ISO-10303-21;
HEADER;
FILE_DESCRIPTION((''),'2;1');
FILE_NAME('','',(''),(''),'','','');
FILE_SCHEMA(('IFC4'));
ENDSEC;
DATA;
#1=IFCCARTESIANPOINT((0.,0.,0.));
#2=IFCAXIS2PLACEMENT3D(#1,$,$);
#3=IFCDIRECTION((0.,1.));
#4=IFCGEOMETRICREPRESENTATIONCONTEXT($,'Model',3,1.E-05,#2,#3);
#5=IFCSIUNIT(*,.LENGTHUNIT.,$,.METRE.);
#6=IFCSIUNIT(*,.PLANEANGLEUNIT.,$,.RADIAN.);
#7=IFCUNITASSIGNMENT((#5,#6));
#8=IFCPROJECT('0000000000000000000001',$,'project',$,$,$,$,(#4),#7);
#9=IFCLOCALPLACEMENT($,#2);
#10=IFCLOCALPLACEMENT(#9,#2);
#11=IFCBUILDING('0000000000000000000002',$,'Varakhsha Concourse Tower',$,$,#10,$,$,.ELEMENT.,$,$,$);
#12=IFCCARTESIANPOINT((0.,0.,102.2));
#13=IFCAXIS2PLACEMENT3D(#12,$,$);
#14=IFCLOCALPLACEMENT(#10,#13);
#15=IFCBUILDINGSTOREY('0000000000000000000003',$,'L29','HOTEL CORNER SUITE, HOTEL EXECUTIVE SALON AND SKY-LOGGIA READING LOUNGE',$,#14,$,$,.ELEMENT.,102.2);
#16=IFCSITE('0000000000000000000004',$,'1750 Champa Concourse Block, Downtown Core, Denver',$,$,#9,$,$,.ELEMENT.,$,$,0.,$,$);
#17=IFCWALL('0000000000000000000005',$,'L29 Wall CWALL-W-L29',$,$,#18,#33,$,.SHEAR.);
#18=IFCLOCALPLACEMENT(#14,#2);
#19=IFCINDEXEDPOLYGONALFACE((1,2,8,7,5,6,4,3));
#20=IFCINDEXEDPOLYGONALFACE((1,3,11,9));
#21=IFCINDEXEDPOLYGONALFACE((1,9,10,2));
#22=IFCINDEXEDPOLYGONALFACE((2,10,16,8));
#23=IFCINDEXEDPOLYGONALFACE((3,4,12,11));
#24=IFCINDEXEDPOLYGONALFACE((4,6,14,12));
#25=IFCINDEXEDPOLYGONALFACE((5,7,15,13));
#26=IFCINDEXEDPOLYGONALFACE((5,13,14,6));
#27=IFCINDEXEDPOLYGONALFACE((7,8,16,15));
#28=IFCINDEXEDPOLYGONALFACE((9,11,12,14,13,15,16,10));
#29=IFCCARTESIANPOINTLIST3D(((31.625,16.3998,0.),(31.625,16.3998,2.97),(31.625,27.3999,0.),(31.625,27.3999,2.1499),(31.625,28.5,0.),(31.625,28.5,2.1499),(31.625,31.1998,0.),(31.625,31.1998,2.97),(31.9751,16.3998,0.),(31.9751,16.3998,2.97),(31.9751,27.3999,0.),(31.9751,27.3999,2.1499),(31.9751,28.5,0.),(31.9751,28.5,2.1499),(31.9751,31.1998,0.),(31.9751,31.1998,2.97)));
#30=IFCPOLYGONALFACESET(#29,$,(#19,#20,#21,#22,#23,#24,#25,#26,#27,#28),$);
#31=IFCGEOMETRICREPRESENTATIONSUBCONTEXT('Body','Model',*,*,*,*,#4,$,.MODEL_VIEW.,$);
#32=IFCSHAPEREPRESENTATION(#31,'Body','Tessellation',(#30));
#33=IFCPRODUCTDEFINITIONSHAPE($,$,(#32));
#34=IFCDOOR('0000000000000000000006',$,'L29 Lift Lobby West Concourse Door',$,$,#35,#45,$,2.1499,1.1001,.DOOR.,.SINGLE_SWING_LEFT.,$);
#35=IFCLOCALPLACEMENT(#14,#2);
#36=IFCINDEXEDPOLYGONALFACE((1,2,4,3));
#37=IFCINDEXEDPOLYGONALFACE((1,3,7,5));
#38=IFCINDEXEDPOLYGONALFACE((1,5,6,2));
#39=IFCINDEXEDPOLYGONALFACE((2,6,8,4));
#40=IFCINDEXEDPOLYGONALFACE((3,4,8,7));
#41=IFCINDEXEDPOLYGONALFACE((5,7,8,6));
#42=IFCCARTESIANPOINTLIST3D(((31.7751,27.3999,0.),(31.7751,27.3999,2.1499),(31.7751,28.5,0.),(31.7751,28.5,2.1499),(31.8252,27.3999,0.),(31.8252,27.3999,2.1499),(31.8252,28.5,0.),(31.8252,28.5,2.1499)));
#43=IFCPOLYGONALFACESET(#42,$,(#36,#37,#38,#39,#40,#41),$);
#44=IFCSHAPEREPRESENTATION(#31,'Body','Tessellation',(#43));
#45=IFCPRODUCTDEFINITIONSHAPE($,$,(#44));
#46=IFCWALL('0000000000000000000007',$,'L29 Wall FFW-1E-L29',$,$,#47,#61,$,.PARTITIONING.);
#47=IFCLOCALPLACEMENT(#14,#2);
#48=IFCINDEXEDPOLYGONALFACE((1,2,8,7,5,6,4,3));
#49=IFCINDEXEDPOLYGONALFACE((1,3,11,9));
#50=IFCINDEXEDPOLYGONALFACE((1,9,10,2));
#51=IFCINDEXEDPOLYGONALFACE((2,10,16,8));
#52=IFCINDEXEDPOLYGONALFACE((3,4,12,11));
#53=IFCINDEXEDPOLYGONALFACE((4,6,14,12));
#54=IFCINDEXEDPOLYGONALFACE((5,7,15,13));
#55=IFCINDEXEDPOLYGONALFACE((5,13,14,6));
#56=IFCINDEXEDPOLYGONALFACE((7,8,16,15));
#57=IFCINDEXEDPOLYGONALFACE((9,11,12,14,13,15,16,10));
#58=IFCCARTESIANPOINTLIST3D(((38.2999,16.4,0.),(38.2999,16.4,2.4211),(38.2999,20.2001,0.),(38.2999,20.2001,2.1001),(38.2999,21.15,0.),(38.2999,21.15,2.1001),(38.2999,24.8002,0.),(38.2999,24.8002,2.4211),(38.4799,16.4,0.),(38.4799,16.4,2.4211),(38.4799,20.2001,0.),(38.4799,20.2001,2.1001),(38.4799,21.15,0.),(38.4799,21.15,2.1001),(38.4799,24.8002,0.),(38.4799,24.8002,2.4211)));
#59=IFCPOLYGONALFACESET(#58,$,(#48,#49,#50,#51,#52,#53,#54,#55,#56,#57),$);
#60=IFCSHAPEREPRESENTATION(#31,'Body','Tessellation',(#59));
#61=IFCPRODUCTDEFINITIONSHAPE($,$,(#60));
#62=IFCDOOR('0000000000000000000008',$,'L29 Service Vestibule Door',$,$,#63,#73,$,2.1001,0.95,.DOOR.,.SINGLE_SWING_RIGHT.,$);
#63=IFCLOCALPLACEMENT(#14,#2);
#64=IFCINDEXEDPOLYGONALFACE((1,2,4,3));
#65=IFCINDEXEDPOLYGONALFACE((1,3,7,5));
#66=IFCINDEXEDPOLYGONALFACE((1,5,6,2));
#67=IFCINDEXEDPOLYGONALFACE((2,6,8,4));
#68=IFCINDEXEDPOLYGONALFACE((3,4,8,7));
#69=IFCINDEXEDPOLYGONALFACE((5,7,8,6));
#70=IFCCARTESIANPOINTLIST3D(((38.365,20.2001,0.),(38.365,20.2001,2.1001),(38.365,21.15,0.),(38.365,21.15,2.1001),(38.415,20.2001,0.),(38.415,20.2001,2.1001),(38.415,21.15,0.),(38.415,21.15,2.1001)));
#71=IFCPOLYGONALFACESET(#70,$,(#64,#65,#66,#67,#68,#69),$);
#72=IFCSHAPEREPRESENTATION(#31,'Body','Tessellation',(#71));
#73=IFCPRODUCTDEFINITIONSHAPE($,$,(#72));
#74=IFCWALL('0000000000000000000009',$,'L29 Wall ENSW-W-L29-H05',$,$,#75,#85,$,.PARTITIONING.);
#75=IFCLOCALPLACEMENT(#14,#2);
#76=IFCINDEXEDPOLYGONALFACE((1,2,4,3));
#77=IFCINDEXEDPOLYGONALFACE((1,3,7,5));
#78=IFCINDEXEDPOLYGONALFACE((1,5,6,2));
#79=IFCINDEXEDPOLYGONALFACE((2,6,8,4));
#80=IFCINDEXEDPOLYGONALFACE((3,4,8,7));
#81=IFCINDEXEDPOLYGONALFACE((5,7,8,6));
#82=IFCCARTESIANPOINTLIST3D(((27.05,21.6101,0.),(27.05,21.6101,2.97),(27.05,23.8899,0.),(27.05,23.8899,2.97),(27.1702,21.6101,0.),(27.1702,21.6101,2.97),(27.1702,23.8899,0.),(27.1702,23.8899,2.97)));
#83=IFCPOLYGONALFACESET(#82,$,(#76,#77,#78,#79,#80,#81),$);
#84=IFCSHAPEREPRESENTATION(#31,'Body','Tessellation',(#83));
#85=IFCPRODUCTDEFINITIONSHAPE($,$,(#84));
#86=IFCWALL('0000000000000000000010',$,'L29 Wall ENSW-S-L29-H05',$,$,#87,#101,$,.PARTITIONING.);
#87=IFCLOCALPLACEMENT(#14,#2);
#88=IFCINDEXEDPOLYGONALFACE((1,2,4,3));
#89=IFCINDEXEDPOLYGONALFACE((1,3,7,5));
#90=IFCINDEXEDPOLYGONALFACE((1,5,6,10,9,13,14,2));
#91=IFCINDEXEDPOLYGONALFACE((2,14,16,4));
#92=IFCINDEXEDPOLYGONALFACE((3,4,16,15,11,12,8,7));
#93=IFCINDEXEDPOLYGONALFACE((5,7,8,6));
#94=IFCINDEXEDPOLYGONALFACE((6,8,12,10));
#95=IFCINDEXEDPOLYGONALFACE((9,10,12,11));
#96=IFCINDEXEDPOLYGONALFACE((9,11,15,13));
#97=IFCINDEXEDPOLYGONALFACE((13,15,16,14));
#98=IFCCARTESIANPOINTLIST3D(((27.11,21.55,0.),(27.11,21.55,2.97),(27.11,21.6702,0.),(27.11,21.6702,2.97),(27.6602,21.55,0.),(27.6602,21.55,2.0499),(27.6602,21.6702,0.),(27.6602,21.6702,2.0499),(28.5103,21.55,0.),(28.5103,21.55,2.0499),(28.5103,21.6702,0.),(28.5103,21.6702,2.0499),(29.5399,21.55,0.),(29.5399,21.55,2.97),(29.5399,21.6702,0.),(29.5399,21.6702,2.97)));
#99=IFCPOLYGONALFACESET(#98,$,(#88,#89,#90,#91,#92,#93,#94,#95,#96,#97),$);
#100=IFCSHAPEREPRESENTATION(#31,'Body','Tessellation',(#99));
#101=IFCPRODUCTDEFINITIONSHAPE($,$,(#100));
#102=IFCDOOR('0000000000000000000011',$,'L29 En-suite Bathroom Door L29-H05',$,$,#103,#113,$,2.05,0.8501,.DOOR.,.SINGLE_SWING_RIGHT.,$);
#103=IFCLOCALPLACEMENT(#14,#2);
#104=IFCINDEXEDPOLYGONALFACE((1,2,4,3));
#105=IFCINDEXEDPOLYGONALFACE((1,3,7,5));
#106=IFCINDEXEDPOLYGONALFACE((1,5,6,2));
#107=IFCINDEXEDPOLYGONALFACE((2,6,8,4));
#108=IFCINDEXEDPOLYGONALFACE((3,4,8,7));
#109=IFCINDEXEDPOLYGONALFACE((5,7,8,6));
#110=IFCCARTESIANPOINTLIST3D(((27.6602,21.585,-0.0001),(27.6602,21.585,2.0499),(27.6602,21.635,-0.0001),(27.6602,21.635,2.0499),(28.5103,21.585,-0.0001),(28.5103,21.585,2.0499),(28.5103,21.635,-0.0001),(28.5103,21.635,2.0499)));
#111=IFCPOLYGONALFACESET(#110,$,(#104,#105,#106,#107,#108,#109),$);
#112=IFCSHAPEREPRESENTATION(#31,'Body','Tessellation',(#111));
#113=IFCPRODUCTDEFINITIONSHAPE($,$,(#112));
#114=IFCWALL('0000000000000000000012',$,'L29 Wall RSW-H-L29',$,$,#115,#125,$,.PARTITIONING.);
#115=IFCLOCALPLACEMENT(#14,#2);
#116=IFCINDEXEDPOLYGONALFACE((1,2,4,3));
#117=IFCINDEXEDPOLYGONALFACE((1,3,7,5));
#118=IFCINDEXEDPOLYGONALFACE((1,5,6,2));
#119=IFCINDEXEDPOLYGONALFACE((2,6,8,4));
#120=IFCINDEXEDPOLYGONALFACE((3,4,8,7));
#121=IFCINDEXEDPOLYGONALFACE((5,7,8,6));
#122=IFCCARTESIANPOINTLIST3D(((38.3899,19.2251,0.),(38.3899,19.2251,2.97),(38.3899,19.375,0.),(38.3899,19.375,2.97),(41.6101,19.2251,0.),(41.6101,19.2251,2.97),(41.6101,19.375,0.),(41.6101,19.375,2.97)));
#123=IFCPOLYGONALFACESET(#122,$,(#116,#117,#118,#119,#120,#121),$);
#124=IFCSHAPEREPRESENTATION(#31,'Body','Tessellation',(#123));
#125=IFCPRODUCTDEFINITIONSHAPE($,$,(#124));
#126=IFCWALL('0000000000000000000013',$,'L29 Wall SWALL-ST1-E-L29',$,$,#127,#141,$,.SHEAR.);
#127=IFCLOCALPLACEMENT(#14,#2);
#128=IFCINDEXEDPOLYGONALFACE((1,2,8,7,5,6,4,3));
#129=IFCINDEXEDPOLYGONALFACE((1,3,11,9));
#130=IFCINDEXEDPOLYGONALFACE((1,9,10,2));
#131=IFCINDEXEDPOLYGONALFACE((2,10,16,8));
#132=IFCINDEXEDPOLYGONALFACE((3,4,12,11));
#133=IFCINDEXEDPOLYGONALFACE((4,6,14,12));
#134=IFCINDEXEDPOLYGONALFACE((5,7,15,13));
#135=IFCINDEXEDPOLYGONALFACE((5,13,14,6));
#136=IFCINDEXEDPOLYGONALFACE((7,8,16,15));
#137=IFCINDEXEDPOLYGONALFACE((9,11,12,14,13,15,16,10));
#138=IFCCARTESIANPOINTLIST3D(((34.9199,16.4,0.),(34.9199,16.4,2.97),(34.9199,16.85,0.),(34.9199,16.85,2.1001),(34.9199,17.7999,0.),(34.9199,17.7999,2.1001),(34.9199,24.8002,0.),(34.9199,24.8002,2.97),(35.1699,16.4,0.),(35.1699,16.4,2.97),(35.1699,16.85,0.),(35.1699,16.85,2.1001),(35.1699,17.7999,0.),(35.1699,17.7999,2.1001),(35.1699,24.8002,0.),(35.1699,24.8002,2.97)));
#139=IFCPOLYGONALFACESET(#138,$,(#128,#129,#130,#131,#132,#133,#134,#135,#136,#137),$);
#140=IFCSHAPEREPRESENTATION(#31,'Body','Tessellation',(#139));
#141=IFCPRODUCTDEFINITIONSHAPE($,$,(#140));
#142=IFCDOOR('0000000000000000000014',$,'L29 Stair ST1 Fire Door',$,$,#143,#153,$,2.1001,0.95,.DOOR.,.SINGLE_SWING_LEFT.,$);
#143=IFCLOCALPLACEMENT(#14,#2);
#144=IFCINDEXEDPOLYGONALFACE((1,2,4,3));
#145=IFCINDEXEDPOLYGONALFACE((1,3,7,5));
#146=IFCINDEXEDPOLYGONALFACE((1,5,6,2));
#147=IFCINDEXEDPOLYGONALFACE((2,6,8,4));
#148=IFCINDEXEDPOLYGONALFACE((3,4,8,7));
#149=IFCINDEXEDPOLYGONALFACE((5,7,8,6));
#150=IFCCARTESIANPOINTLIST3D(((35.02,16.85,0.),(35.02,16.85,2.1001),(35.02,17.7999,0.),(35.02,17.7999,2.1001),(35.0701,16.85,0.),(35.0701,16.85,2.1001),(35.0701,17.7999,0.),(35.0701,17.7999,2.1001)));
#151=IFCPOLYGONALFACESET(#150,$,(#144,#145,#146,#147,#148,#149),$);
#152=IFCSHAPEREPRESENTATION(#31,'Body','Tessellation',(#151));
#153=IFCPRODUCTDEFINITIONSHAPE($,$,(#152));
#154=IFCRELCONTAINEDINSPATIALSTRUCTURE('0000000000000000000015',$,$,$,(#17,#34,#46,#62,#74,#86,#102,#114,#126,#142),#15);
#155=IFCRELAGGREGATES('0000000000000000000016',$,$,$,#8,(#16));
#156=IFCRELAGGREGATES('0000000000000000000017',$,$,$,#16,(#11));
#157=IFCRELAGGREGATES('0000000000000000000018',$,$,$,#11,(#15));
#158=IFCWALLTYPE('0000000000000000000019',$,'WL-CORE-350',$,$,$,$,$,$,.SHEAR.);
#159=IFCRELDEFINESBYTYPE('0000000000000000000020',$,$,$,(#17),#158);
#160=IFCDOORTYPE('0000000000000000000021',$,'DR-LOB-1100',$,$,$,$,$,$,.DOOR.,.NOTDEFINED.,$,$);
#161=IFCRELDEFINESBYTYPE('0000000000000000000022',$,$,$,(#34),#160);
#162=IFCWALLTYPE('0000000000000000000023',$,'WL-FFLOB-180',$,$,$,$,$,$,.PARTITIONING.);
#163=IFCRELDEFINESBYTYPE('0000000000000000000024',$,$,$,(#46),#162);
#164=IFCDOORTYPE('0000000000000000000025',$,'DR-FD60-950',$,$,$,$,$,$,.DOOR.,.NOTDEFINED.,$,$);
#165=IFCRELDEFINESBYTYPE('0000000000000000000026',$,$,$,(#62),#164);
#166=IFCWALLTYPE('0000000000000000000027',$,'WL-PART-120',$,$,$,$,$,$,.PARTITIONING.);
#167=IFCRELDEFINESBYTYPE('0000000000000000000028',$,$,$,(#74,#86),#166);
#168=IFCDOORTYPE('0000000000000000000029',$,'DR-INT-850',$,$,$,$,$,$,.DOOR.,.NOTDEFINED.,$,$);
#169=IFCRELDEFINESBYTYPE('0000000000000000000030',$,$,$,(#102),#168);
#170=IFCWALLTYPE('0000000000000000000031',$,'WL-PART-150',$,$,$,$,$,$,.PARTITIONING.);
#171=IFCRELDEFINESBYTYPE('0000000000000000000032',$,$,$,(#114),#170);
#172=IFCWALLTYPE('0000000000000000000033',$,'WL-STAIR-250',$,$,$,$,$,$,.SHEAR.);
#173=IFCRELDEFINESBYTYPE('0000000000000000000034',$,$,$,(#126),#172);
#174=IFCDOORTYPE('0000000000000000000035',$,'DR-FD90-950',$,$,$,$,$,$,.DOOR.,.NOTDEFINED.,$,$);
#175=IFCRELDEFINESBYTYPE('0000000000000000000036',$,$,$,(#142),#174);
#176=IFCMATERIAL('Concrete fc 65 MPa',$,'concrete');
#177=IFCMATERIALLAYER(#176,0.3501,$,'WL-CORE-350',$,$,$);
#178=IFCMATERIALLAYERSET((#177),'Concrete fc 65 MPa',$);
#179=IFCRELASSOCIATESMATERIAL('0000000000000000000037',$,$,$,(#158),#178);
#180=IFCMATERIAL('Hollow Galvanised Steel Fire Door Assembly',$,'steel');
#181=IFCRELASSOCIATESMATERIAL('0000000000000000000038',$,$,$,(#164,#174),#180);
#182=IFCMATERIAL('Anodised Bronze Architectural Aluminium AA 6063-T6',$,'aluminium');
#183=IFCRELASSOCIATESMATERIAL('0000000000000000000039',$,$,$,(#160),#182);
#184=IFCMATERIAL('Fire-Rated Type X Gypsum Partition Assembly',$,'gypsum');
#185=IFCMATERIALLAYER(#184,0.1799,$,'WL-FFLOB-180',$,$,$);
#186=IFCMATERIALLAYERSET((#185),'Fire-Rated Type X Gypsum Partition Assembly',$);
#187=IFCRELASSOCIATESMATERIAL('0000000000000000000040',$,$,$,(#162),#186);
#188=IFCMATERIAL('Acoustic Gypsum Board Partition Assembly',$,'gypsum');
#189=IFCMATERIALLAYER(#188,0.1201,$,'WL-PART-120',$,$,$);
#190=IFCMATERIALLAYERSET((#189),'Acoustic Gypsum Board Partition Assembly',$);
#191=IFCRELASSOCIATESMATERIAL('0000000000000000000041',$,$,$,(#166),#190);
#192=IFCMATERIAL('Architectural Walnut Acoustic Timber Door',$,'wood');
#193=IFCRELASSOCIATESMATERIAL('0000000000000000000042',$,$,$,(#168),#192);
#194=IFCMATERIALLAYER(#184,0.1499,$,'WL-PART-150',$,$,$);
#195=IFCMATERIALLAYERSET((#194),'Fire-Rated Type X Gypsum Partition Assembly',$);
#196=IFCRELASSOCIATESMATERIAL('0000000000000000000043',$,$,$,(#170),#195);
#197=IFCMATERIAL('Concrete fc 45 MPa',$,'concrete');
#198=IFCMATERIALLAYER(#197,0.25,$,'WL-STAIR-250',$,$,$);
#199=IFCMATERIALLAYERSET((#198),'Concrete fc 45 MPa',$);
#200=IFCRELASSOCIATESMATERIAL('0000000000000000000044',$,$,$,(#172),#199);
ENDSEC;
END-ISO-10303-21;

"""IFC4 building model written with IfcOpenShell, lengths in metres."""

from ifc_helpers import new_model, si_unit, direction, frame, frame_2d, origin, place, context, subcontext, project, spatial, rectangle, extrude, material, layer, layer_set, type_object, element, fill, save


model = new_model("IFC4")

# Units and contexts
model_context = context("Model", 3, precision=1e-05, world=origin(), true_north=direction((0.0, 1.0)))
body_context = subcontext(model_context, "Body", "Model", "MODEL_VIEW")
ifc_project = project(units=[si_unit("LENGTHUNIT", "METRE"), si_unit("PLANEANGLEUNIT", "RADIAN")], contexts=[model_context])

# Site, building, storey
site_placement = place(None, origin())
site = spatial("IfcSite", under=ifc_project, at=site_placement, Name="1750 Champa Concourse Block, Downtown Core, Denver", CompositionType="ELEMENT", RefElevation=0.0)
building_placement = place(site_placement, origin())
building = spatial("IfcBuilding", under=site, at=building_placement, Name="Varakhsha Concourse Tower", CompositionType="ELEMENT")
storey_placement = place(building_placement, frame((0.0, 0.0, 102.2)))
storey = spatial("IfcBuildingStorey", under=building, at=storey_placement, Name="L29", Description="HOTEL CORNER SUITE, HOTEL EXECUTIVE SALON AND SKY-LOGGIA READING LOUNGE", CompositionType="ELEMENT", Elevation=102.2)

# Shared definitions
ifc_material_1 = material(Name="Concrete fc 65 MPa", Category="concrete")

# Shared definitions
ifc_layer_1 = layer(ifc_material_1, 0.3501, Name="WL-CORE-350")
ifc_layer_set_1 = layer_set([ifc_layer_1], Name="Concrete fc 65 MPa")
wall_type_1 = type_object("IfcWallType", Name="WL-CORE-350", PredefinedType="SHEAR", material=ifc_layer_set_1)
ifc_material_2 = material(Name="Hollow Galvanised Steel Fire Door Assembly", Category="steel")
door_type_1 = type_object("IfcDoorType", Name="DR-FD60-950", OperationType="NOTDEFINED", PredefinedType="DOOR", material=ifc_material_2)

# Walls, openings, doors
wall_1_placement = place(storey_placement, frame((31.8, 16.3999, 0.0), z_axis=(0.0, 0.0, 1.0), x_axis=(0.0, 1.0, 0.0)))
wall_1 = element("IfcWall", 1, at=wall_1_placement, inside=storey, type_object=wall_type_1, Name="L29 Wall CWALL-W-L29", PredefinedType="SHEAR", context=body_context, shape_type="SweptSolid", body=[
    extrude(rectangle(XDim=14.8, YDim=0.3501, at=frame_2d((7.3999, 0.0))), origin(), (0.0, 0.0, 1.0), 2.97),
])
opening_1_placement = place(wall_1_placement, frame((11.0, 0.0, 0.0)))
opening_1 = element("IfcOpeningElement", 2, at=opening_1_placement, cuts=wall_1, PredefinedType="OPENING", context=body_context, shape_type="SweptSolid", body=[
    extrude(rectangle(XDim=1.1001, YDim=2.1499, at=frame_2d((0.55, 1.075))), frame((0.0, 0.1851, 0.0), z_axis=(0.0, -1.0, 0.0), x_axis=(1.0, 0.0, 0.0)), (0.0, 0.0, 1.0), 0.3701),
])
ifc_material_3 = material(Name="Anodised Bronze Architectural Aluminium AA 6063-T6", Category="aluminium")
door_type_2 = type_object("IfcDoorType", Name="DR-LOB-1100", OperationType="NOTDEFINED", PredefinedType="DOOR", material=ifc_material_3)
door_1_placement = place(opening_1_placement, origin())
door_1 = element("IfcDoor", 3, at=door_1_placement, inside=storey, type_object=door_type_2, Name="L29 Lift Lobby West Concourse Door", OperationType="SINGLE_SWING_LEFT", OverallHeight=2.1499, OverallWidth=1.1001, PredefinedType="DOOR", context=body_context, shape_type="SweptSolid", body=[
    extrude(rectangle(XDim=1.1001, YDim=2.1499, at=frame_2d((0.55, 1.075))), frame((0.0, 0.0249, 0.0), z_axis=(0.0, -1.0, 0.0), x_axis=(1.0, 0.0, 0.0)), (0.0, 0.0, 1.0), 0.05),
])
fill(opening_1, door_1)
ifc_material_4 = material(Name="Fire-Rated Type X Gypsum Partition Assembly", Category="gypsum")
ifc_layer_2 = layer(ifc_material_4, 0.1799, Name="WL-FFLOB-180")
ifc_layer_set_2 = layer_set([ifc_layer_2], Name="Fire-Rated Type X Gypsum Partition Assembly")
wall_type_2 = type_object("IfcWallType", Name="WL-FFLOB-180", PredefinedType="PARTITIONING", material=ifc_layer_set_2)
wall_2_placement = place(storey_placement, frame((38.3899, 16.3999, 0.0), z_axis=(0.0, 0.0, 1.0), x_axis=(0.0, 1.0, 0.0)))
wall_2 = element("IfcWall", 4, at=wall_2_placement, inside=storey, type_object=wall_type_2, Name="L29 Wall FFW-1E-L29", PredefinedType="PARTITIONING", context=body_context, shape_type="SweptSolid", body=[
    extrude(rectangle(XDim=8.4001, YDim=0.1799, at=frame_2d((4.2002, 0.0))), origin(), (0.0, 0.0, 1.0), 2.4211),
])
opening_2_placement = place(wall_2_placement, frame((3.8, 0.0, 0.0)))
opening_2 = element("IfcOpeningElement", 5, at=opening_2_placement, cuts=wall_2, PredefinedType="OPENING", context=body_context, shape_type="SweptSolid", body=[
    extrude(rectangle(XDim=0.95, YDim=2.1001, at=frame_2d((0.4751, 1.05))), frame((0.0, 0.0999, 0.0), z_axis=(0.0, -1.0, 0.0), x_axis=(1.0, 0.0, 0.0)), (0.0, 0.0, 1.0), 0.2),
])
door_2_placement = place(opening_2_placement, origin())
door_2 = element("IfcDoor", 6, at=door_2_placement, inside=storey, type_object=door_type_1, Name="L29 Service Vestibule Door", OperationType="SINGLE_SWING_RIGHT", OverallHeight=2.1001, OverallWidth=0.95, PredefinedType="DOOR", context=body_context, shape_type="SweptSolid", body=[
    extrude(rectangle(XDim=0.95, YDim=2.1001, at=frame_2d((0.4751, 1.05))), frame((0.0, 0.0249, 0.0), z_axis=(0.0, -1.0, 0.0), x_axis=(1.0, 0.0, 0.0)), (0.0, 0.0, 1.0), 0.05),
])
fill(opening_2, door_2)

# Wall
ifc_material_5 = material(Name="Acoustic Gypsum Board Partition Assembly", Category="gypsum")
ifc_layer_3 = layer(ifc_material_5, 0.1201, Name="WL-PART-120")
ifc_layer_set_3 = layer_set([ifc_layer_3], Name="Acoustic Gypsum Board Partition Assembly")
wall_type_3 = type_object("IfcWallType", Name="WL-PART-120", PredefinedType="PARTITIONING", material=ifc_layer_set_3)
wall_3_placement = place(storey_placement, frame((27.1101, 21.6101, 0.0), z_axis=(0.0, 0.0, 1.0), x_axis=(0.0, 1.0, 0.0)))
element("IfcWall", 7, at=wall_3_placement, inside=storey, type_object=wall_type_3, Name="L29 Wall ENSW-W-L29-H05", PredefinedType="PARTITIONING", context=body_context, shape_type="SweptSolid", body=[
    extrude(rectangle(XDim=2.2798, YDim=0.1201, at=frame_2d((1.1399, 0.0))), origin(), (0.0, 0.0, 1.0), 2.97),
])

# Wall, opening, door
wall_4_placement = place(storey_placement, frame((27.1101, 21.6101, 0.0), z_axis=(0.0, 0.0, 1.0), x_axis=(1.0, 0.0, 0.0)))
wall_4 = element("IfcWall", 8, at=wall_4_placement, inside=storey, type_object=wall_type_3, Name="L29 Wall ENSW-S-L29-H05", PredefinedType="PARTITIONING", context=body_context, shape_type="SweptSolid", body=[
    extrude(rectangle(XDim=2.4299, YDim=0.1201, at=frame_2d((1.2148, 0.0))), origin(), (0.0, 0.0, 1.0), 2.97),
])
opening_3_placement = place(wall_4_placement, frame((0.55, 0.0, 0.0)))
opening_3 = element("IfcOpeningElement", 9, at=opening_3_placement, cuts=wall_4, PredefinedType="OPENING", context=body_context, shape_type="SweptSolid", body=[
    extrude(rectangle(XDim=0.8501, YDim=2.05, at=frame_2d((0.425, 1.0249))), frame((0.0, 0.0701, 0.0), z_axis=(0.0, -1.0, 0.0), x_axis=(1.0, 0.0, 0.0)), (0.0, 0.0, 1.0), 0.1401),
])
ifc_material_6 = material(Name="Architectural Walnut Acoustic Timber Door", Category="wood")
door_type_3 = type_object("IfcDoorType", Name="DR-INT-850", OperationType="NOTDEFINED", PredefinedType="DOOR", material=ifc_material_6)
door_3_placement = place(opening_3_placement, origin())
door_3 = element("IfcDoor", 10, at=door_3_placement, inside=storey, type_object=door_type_3, Name="L29 En-suite Bathroom Door L29-H05", OperationType="SINGLE_SWING_RIGHT", OverallHeight=2.05, OverallWidth=0.8501, PredefinedType="DOOR", context=body_context, shape_type="SweptSolid", body=[
    extrude(rectangle(XDim=0.8501, YDim=2.05, at=frame_2d((0.425, 1.0249))), frame((0.0, 0.0249, 0.0), z_axis=(0.0, -1.0, 0.0), x_axis=(1.0, 0.0, 0.0)), (0.0, 0.0, 1.0), 0.05),
])
fill(opening_3, door_3)

# Wall
ifc_layer_4 = layer(ifc_material_4, 0.1499, Name="WL-PART-150")
ifc_layer_set_4 = layer_set([ifc_layer_4], Name="Fire-Rated Type X Gypsum Partition Assembly")
wall_type_4 = type_object("IfcWallType", Name="WL-PART-150", PredefinedType="PARTITIONING", material=ifc_layer_set_4)
wall_5_placement = place(storey_placement, frame((38.3899, 19.3, 0.0), z_axis=(0.0, 0.0, 1.0), x_axis=(1.0, 0.0, 0.0)))
element("IfcWall", 11, at=wall_5_placement, inside=storey, type_object=wall_type_4, Name="L29 Wall RSW-H-L29", PredefinedType="PARTITIONING", context=body_context, shape_type="SweptSolid", body=[
    extrude(rectangle(XDim=3.2202, YDim=0.1499, at=frame_2d((1.6101, 0.0))), origin(), (0.0, 0.0, 1.0), 2.97),
])

# Wall, opening, door
ifc_material_7 = material(Name="Concrete fc 45 MPa", Category="concrete")
ifc_layer_5 = layer(ifc_material_7, 0.25, Name="WL-STAIR-250")
ifc_layer_set_5 = layer_set([ifc_layer_5], Name="Concrete fc 45 MPa")
wall_type_5 = type_object("IfcWallType", Name="WL-STAIR-250", PredefinedType="SHEAR", material=ifc_layer_set_5)
wall_6_placement = place(storey_placement, frame((35.0449, 16.3999, 0.0), z_axis=(0.0, 0.0, 1.0), x_axis=(0.0, 1.0, 0.0)))
wall_6 = element("IfcWall", 12, at=wall_6_placement, inside=storey, type_object=wall_type_5, Name="L29 Wall SWALL-ST1-E-L29", PredefinedType="SHEAR", context=body_context, shape_type="SweptSolid", body=[
    extrude(rectangle(XDim=8.4001, YDim=0.25, at=frame_2d((4.2002, 0.0))), origin(), (0.0, 0.0, 1.0), 2.97),
])
opening_4_placement = place(wall_6_placement, frame((0.45, 0.0, 0.0)))
opening_4 = element("IfcOpeningElement", 13, at=opening_4_placement, cuts=wall_6, PredefinedType="OPENING", context=body_context, shape_type="SweptSolid", body=[
    extrude(rectangle(XDim=0.95, YDim=2.1001, at=frame_2d((0.4751, 1.05))), frame((0.0, 0.135, 0.0), z_axis=(0.0, -1.0, 0.0), x_axis=(1.0, 0.0, 0.0)), (0.0, 0.0, 1.0), 0.27),
])
door_type_4 = type_object("IfcDoorType", Name="DR-FD90-950", OperationType="NOTDEFINED", PredefinedType="DOOR", material=ifc_material_2)
door_4_placement = place(opening_4_placement, origin())
door_4 = element("IfcDoor", 14, at=door_4_placement, inside=storey, type_object=door_type_4, Name="L29 Stair ST1 Fire Door", OperationType="SINGLE_SWING_LEFT", OverallHeight=2.1001, OverallWidth=0.95, PredefinedType="DOOR", context=body_context, shape_type="SweptSolid", body=[
    extrude(rectangle(XDim=0.95, YDim=2.1001, at=frame_2d((0.4751, 1.05))), frame((0.0, 0.0249, 0.0), z_axis=(0.0, -1.0, 0.0), x_axis=(1.0, 0.0, 0.0)), (0.0, 0.0, 1.0), 0.05),
])
fill(opening_4, door_4)

save(model, "model.ifc")
